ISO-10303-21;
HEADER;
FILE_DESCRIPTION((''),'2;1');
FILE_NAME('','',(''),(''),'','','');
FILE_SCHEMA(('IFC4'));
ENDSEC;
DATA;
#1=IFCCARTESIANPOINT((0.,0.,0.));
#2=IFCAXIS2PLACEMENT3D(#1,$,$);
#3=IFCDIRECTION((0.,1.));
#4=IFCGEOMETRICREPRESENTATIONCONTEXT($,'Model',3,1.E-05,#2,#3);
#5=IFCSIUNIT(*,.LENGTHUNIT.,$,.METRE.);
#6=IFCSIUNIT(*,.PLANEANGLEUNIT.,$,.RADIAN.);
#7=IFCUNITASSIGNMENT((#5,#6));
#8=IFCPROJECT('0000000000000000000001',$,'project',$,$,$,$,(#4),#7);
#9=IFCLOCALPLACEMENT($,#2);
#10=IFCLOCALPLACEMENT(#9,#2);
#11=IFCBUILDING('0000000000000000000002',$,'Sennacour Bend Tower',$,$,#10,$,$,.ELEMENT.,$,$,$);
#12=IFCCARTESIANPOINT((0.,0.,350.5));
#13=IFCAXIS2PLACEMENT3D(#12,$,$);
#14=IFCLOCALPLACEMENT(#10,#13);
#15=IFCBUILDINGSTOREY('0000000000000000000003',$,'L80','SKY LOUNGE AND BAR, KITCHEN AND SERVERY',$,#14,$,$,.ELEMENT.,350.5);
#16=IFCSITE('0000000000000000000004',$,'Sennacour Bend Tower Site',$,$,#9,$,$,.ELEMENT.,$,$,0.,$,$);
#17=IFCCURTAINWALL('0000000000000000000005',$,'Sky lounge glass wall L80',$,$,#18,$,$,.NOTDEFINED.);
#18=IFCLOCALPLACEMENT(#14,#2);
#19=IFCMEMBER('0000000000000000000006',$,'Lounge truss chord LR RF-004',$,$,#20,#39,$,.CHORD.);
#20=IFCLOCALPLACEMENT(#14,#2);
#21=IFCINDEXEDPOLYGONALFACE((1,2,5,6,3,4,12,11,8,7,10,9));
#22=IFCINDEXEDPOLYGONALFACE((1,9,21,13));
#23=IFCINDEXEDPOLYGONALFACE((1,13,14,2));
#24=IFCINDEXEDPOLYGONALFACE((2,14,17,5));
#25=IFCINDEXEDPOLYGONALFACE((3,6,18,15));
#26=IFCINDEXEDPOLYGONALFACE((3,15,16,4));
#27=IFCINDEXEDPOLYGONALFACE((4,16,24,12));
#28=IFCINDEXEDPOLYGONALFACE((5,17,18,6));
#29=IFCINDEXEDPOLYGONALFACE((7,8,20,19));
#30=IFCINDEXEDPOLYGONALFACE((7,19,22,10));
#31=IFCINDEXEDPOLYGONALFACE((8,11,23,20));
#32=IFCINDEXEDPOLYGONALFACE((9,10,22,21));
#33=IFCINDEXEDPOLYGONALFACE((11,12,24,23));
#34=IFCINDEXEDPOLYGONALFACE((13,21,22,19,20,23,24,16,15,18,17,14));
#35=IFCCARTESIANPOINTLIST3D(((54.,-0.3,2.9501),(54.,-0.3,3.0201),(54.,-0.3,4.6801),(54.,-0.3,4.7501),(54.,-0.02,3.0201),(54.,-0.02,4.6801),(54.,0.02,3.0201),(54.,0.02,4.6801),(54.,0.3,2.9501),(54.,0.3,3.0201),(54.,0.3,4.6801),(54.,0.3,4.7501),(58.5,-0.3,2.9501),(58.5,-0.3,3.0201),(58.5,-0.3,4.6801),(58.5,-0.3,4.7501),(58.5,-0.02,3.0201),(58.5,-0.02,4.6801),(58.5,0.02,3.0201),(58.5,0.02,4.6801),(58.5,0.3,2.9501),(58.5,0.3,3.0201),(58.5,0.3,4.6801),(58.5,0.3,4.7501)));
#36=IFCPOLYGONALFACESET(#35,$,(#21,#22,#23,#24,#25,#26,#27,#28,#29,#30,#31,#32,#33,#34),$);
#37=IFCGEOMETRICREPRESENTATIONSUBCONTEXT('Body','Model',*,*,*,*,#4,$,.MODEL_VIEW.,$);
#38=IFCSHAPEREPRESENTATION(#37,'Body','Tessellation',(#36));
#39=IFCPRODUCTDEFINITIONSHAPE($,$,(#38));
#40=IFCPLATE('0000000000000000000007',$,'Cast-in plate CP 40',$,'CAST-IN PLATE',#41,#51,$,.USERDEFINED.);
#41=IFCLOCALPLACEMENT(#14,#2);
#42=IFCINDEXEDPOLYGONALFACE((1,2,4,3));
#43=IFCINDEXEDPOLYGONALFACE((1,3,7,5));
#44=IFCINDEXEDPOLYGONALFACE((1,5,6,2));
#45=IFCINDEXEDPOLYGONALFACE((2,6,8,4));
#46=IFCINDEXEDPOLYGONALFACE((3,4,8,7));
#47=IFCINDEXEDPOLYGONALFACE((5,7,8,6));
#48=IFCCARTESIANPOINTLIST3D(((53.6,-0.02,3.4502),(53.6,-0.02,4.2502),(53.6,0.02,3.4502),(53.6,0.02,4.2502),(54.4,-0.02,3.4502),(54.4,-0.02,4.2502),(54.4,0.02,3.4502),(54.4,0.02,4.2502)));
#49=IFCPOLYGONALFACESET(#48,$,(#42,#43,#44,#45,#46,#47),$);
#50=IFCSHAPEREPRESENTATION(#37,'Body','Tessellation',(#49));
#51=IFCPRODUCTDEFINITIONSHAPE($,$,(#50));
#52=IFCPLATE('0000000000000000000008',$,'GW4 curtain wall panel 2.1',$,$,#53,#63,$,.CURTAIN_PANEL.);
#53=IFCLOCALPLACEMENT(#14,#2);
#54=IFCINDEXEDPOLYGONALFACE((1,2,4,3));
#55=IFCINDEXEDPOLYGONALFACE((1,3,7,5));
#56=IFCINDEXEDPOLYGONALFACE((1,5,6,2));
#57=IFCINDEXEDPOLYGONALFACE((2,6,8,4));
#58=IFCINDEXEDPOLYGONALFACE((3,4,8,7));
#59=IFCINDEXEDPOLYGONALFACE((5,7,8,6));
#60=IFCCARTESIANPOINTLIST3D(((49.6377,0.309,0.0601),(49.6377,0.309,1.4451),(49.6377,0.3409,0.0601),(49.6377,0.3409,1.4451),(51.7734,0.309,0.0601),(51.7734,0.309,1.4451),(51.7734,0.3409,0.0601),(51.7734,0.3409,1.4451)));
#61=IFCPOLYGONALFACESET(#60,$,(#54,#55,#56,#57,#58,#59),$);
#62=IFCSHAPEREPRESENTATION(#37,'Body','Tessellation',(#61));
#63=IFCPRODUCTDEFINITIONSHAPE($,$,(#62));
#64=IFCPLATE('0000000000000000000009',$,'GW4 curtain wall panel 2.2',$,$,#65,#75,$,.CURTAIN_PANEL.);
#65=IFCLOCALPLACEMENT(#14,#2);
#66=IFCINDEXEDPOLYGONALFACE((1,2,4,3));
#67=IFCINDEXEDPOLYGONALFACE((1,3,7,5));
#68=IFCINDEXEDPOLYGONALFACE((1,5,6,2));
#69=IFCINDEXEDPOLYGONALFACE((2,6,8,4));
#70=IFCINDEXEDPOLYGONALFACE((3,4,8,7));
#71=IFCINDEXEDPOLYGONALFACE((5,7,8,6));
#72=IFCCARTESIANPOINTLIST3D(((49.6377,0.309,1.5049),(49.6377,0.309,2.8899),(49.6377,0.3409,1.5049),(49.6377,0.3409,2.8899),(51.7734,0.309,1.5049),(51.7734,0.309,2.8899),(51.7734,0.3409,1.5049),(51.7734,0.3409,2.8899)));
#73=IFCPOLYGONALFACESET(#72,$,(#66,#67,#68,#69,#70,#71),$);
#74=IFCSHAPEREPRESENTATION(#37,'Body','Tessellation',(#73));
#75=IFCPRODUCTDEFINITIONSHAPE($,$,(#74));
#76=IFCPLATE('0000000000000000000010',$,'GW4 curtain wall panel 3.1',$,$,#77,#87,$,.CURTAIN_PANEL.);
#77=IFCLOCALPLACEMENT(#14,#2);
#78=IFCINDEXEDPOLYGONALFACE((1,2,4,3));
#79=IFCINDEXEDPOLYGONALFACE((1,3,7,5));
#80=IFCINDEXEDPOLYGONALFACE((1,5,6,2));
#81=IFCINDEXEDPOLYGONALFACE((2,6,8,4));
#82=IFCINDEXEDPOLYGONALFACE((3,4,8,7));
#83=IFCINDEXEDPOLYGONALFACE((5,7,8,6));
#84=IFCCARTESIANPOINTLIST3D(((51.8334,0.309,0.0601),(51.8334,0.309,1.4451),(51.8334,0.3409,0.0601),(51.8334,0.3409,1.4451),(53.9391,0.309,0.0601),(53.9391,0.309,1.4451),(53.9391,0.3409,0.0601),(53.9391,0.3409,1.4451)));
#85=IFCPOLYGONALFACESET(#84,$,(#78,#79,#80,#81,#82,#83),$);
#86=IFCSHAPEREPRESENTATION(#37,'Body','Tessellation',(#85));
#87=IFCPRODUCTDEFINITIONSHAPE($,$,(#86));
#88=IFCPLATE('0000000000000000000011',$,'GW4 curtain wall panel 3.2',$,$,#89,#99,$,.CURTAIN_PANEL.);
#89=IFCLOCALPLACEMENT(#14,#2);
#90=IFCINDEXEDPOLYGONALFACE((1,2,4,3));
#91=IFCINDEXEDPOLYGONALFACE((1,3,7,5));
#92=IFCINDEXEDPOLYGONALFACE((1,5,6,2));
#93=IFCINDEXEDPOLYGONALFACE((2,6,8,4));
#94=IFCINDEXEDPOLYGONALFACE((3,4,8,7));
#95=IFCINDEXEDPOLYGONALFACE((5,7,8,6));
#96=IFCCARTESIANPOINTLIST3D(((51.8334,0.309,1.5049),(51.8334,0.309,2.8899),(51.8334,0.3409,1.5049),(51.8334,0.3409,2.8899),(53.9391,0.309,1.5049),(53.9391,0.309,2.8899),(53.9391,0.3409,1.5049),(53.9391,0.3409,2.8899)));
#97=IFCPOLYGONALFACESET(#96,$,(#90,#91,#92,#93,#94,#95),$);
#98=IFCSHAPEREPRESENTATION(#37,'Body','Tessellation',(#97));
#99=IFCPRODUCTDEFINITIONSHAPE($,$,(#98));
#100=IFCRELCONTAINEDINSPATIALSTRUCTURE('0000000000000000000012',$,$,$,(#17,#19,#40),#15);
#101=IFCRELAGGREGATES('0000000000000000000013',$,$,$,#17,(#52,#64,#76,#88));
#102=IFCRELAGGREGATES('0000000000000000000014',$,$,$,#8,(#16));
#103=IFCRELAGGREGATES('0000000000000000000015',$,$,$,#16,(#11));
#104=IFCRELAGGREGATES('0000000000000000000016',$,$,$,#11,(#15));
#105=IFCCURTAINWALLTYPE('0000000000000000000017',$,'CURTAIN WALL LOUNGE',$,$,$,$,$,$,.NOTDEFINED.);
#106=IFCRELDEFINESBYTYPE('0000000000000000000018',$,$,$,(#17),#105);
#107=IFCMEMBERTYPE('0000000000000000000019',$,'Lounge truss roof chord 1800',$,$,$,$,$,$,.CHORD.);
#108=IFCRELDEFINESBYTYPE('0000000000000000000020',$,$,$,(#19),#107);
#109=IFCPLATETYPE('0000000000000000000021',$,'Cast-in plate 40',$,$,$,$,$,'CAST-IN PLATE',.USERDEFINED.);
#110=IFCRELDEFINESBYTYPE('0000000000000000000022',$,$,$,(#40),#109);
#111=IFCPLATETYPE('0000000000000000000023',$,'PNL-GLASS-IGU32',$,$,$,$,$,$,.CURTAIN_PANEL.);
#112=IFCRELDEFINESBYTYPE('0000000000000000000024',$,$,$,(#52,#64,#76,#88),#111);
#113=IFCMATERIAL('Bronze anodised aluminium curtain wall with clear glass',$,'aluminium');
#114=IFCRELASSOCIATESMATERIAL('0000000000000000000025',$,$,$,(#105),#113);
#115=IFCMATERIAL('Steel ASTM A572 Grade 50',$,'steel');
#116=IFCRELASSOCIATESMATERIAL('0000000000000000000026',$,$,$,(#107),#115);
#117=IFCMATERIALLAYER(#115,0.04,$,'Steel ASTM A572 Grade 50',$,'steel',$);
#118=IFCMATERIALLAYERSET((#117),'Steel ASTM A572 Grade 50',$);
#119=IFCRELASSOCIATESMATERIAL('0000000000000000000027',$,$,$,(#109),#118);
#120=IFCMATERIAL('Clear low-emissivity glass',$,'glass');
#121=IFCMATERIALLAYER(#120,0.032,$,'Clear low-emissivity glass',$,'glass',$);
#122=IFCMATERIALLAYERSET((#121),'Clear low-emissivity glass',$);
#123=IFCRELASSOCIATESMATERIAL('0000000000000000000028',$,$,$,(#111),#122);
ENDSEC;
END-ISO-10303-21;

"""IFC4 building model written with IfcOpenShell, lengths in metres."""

from ifc_helpers import new_model, si_unit, direction, frame, origin, origin_2d, place, context, subcontext, project, spatial, rectangle, i_section, extrude, material, layer, layer_set, material_profile, profile_set, type_object, element, aggregate, save


model = new_model("IFC4")

# Units and contexts
model_context = context("Model", 3, precision=1e-05, world=origin(), true_north=direction((0.0, 1.0)))
body_context = subcontext(model_context, "Body", "Model", "MODEL_VIEW")
ifc_project = project(units=[si_unit("LENGTHUNIT", "METRE"), si_unit("PLANEANGLEUNIT", "RADIAN")], contexts=[model_context])

# Site, building, storey
site_placement = place(None, origin())
site = spatial("IfcSite", under=ifc_project, at=site_placement, Name="Sennacour Bend Tower Site", CompositionType="ELEMENT", RefElevation=0.0)
building_placement = place(site_placement, origin())
building = spatial("IfcBuilding", under=site, at=building_placement, Name="Sennacour Bend Tower", CompositionType="ELEMENT")
storey_placement = place(building_placement, frame((0.0, 0.0, 350.5)))
storey = spatial("IfcBuildingStorey", under=building, at=storey_placement, Name="L80", Description="SKY LOUNGE AND BAR, KITCHEN AND SERVERY", CompositionType="ELEMENT", Elevation=350.5)

# Curtain wall
ifc_material_1 = material(Name="Bronze anodised aluminium curtain wall with clear glass", Category="aluminium")
curtain_wall_type = type_object("IfcCurtainWallType", Name="CURTAIN WALL LOUNGE", PredefinedType="NOTDEFINED", material=ifc_material_1)
curtain_wall_placement = place(storey_placement, origin())
curtain_wall = element("IfcCurtainWall", 1, at=curtain_wall_placement, inside=storey, type_object=curtain_wall_type, Name="Sky lounge glass wall L80", PredefinedType="NOTDEFINED")

# Member
ifc_material_2 = material(Name="Steel ASTM A572 Grade 50", Category="steel")
ifc_material_profile_1 = material_profile(ifc_material_2, i_section(OverallWidth=0.6001, OverallDepth=1.8, WebThickness=0.04, FlangeThickness=0.0701, at=origin_2d()), Name="Steel ASTM A572 Grade 50", Category="steel")
ifc_profile_set_1 = profile_set([ifc_material_profile_1], Name="Steel ASTM A572 Grade 50")
member_type_1 = type_object("IfcMemberType", Name="Lounge truss roof chord 1800", PredefinedType="CHORD", material=ifc_profile_set_1)
member_1_placement = place(storey_placement, frame((54.0, 0.0, 3.8501), z_axis=(1.0, 0.0, 0.0), x_axis=(0.0, 1.0, 0.0)))
element("IfcMember", 2, at=member_1_placement, inside=storey, type_object=member_type_1, Name="Lounge truss chord LR RF-004", PredefinedType="CHORD", context=body_context, shape_type="SweptSolid", body=[
    extrude(i_section(OverallWidth=0.6001, OverallDepth=1.8, WebThickness=0.04, FlangeThickness=0.0701, at=origin_2d()), origin(), (0.0, 0.0, 1.0), 4.5),
])

# Plates
ifc_layer_1 = layer(ifc_material_2, 0.04, Name="Steel ASTM A572 Grade 50", Category="steel")
ifc_layer_set_1 = layer_set([ifc_layer_1], Name="Steel ASTM A572 Grade 50")
plate_type_1 = type_object("IfcPlateType", Name="Cast-in plate 40", ElementType="CAST-IN PLATE", PredefinedType="USERDEFINED", material=ifc_layer_set_1)
plate_1_placement = place(storey_placement, frame((54.0, 0.0, 3.4502), z_axis=(0.0, 0.0, 1.0), x_axis=(1.0, 0.0, 0.0)))
element("IfcPlate", 3, at=plate_1_placement, inside=storey, type_object=plate_type_1, Name="Cast-in plate CP 40", ObjectType="CAST-IN PLATE", PredefinedType="USERDEFINED", context=body_context, shape_type="SweptSolid", body=[
    extrude(rectangle(XDim=0.8, YDim=0.04, at=origin_2d()), origin(), (0.0, 0.0, 1.0), 0.8),
])
ifc_material_3 = material(Name="Clear low-emissivity glass", Category="glass")
ifc_layer_2 = layer(ifc_material_3, 0.032, Name="Clear low-emissivity glass", Category="glass")
ifc_layer_set_2 = layer_set([ifc_layer_2], Name="Clear low-emissivity glass")
plate_type_2 = type_object("IfcPlateType", Name="PNL-GLASS-IGU32", PredefinedType="CURTAIN_PANEL", material=ifc_layer_set_2)
plate_2_placement = place(storey_placement, frame((50.7056, 0.325, 0.0601), z_axis=(0.0, 0.0, 1.0), x_axis=(1.0, 0.0, 0.0)))
plate_2 = element("IfcPlate", 4, at=plate_2_placement, type_object=plate_type_2, Name="GW4 curtain wall panel 2.1", PredefinedType="CURTAIN_PANEL", context=body_context, shape_type="SweptSolid", body=[
    extrude(rectangle(XDim=2.1357, YDim=0.032, at=origin_2d()), origin(), (0.0, 0.0, 1.0), 1.385),
])
plate_3_placement = place(storey_placement, frame((50.7056, 0.325, 1.5049), z_axis=(0.0, 0.0, 1.0), x_axis=(1.0, 0.0, 0.0)))
plate_3 = element("IfcPlate", 5, at=plate_3_placement, type_object=plate_type_2, Name="GW4 curtain wall panel 2.2", PredefinedType="CURTAIN_PANEL", context=body_context, shape_type="SweptSolid", body=[
    extrude(rectangle(XDim=2.1357, YDim=0.032, at=origin_2d()), origin(), (0.0, 0.0, 1.0), 1.385),
])
plate_4_placement = place(storey_placement, frame((52.8862, 0.325, 0.0601), z_axis=(0.0, 0.0, 1.0), x_axis=(1.0, 0.0, 0.0)))
plate_4 = element("IfcPlate", 6, at=plate_4_placement, type_object=plate_type_2, Name="GW4 curtain wall panel 3.1", PredefinedType="CURTAIN_PANEL", context=body_context, shape_type="SweptSolid", body=[
    extrude(rectangle(XDim=2.1057, YDim=0.032, at=origin_2d()), origin(), (0.0, 0.0, 1.0), 1.385),
])
plate_5_placement = place(storey_placement, frame((52.8862, 0.325, 1.5049), z_axis=(0.0, 0.0, 1.0), x_axis=(1.0, 0.0, 0.0)))
plate_5 = element("IfcPlate", 7, at=plate_5_placement, type_object=plate_type_2, Name="GW4 curtain wall panel 3.2", PredefinedType="CURTAIN_PANEL", context=body_context, shape_type="SweptSolid", body=[
    extrude(rectangle(XDim=2.1057, YDim=0.032, at=origin_2d()), origin(), (0.0, 0.0, 1.0), 1.385),
])
aggregate(curtain_wall, [plate_2, plate_3, plate_4, plate_5])

save(model, "model.ifc")
